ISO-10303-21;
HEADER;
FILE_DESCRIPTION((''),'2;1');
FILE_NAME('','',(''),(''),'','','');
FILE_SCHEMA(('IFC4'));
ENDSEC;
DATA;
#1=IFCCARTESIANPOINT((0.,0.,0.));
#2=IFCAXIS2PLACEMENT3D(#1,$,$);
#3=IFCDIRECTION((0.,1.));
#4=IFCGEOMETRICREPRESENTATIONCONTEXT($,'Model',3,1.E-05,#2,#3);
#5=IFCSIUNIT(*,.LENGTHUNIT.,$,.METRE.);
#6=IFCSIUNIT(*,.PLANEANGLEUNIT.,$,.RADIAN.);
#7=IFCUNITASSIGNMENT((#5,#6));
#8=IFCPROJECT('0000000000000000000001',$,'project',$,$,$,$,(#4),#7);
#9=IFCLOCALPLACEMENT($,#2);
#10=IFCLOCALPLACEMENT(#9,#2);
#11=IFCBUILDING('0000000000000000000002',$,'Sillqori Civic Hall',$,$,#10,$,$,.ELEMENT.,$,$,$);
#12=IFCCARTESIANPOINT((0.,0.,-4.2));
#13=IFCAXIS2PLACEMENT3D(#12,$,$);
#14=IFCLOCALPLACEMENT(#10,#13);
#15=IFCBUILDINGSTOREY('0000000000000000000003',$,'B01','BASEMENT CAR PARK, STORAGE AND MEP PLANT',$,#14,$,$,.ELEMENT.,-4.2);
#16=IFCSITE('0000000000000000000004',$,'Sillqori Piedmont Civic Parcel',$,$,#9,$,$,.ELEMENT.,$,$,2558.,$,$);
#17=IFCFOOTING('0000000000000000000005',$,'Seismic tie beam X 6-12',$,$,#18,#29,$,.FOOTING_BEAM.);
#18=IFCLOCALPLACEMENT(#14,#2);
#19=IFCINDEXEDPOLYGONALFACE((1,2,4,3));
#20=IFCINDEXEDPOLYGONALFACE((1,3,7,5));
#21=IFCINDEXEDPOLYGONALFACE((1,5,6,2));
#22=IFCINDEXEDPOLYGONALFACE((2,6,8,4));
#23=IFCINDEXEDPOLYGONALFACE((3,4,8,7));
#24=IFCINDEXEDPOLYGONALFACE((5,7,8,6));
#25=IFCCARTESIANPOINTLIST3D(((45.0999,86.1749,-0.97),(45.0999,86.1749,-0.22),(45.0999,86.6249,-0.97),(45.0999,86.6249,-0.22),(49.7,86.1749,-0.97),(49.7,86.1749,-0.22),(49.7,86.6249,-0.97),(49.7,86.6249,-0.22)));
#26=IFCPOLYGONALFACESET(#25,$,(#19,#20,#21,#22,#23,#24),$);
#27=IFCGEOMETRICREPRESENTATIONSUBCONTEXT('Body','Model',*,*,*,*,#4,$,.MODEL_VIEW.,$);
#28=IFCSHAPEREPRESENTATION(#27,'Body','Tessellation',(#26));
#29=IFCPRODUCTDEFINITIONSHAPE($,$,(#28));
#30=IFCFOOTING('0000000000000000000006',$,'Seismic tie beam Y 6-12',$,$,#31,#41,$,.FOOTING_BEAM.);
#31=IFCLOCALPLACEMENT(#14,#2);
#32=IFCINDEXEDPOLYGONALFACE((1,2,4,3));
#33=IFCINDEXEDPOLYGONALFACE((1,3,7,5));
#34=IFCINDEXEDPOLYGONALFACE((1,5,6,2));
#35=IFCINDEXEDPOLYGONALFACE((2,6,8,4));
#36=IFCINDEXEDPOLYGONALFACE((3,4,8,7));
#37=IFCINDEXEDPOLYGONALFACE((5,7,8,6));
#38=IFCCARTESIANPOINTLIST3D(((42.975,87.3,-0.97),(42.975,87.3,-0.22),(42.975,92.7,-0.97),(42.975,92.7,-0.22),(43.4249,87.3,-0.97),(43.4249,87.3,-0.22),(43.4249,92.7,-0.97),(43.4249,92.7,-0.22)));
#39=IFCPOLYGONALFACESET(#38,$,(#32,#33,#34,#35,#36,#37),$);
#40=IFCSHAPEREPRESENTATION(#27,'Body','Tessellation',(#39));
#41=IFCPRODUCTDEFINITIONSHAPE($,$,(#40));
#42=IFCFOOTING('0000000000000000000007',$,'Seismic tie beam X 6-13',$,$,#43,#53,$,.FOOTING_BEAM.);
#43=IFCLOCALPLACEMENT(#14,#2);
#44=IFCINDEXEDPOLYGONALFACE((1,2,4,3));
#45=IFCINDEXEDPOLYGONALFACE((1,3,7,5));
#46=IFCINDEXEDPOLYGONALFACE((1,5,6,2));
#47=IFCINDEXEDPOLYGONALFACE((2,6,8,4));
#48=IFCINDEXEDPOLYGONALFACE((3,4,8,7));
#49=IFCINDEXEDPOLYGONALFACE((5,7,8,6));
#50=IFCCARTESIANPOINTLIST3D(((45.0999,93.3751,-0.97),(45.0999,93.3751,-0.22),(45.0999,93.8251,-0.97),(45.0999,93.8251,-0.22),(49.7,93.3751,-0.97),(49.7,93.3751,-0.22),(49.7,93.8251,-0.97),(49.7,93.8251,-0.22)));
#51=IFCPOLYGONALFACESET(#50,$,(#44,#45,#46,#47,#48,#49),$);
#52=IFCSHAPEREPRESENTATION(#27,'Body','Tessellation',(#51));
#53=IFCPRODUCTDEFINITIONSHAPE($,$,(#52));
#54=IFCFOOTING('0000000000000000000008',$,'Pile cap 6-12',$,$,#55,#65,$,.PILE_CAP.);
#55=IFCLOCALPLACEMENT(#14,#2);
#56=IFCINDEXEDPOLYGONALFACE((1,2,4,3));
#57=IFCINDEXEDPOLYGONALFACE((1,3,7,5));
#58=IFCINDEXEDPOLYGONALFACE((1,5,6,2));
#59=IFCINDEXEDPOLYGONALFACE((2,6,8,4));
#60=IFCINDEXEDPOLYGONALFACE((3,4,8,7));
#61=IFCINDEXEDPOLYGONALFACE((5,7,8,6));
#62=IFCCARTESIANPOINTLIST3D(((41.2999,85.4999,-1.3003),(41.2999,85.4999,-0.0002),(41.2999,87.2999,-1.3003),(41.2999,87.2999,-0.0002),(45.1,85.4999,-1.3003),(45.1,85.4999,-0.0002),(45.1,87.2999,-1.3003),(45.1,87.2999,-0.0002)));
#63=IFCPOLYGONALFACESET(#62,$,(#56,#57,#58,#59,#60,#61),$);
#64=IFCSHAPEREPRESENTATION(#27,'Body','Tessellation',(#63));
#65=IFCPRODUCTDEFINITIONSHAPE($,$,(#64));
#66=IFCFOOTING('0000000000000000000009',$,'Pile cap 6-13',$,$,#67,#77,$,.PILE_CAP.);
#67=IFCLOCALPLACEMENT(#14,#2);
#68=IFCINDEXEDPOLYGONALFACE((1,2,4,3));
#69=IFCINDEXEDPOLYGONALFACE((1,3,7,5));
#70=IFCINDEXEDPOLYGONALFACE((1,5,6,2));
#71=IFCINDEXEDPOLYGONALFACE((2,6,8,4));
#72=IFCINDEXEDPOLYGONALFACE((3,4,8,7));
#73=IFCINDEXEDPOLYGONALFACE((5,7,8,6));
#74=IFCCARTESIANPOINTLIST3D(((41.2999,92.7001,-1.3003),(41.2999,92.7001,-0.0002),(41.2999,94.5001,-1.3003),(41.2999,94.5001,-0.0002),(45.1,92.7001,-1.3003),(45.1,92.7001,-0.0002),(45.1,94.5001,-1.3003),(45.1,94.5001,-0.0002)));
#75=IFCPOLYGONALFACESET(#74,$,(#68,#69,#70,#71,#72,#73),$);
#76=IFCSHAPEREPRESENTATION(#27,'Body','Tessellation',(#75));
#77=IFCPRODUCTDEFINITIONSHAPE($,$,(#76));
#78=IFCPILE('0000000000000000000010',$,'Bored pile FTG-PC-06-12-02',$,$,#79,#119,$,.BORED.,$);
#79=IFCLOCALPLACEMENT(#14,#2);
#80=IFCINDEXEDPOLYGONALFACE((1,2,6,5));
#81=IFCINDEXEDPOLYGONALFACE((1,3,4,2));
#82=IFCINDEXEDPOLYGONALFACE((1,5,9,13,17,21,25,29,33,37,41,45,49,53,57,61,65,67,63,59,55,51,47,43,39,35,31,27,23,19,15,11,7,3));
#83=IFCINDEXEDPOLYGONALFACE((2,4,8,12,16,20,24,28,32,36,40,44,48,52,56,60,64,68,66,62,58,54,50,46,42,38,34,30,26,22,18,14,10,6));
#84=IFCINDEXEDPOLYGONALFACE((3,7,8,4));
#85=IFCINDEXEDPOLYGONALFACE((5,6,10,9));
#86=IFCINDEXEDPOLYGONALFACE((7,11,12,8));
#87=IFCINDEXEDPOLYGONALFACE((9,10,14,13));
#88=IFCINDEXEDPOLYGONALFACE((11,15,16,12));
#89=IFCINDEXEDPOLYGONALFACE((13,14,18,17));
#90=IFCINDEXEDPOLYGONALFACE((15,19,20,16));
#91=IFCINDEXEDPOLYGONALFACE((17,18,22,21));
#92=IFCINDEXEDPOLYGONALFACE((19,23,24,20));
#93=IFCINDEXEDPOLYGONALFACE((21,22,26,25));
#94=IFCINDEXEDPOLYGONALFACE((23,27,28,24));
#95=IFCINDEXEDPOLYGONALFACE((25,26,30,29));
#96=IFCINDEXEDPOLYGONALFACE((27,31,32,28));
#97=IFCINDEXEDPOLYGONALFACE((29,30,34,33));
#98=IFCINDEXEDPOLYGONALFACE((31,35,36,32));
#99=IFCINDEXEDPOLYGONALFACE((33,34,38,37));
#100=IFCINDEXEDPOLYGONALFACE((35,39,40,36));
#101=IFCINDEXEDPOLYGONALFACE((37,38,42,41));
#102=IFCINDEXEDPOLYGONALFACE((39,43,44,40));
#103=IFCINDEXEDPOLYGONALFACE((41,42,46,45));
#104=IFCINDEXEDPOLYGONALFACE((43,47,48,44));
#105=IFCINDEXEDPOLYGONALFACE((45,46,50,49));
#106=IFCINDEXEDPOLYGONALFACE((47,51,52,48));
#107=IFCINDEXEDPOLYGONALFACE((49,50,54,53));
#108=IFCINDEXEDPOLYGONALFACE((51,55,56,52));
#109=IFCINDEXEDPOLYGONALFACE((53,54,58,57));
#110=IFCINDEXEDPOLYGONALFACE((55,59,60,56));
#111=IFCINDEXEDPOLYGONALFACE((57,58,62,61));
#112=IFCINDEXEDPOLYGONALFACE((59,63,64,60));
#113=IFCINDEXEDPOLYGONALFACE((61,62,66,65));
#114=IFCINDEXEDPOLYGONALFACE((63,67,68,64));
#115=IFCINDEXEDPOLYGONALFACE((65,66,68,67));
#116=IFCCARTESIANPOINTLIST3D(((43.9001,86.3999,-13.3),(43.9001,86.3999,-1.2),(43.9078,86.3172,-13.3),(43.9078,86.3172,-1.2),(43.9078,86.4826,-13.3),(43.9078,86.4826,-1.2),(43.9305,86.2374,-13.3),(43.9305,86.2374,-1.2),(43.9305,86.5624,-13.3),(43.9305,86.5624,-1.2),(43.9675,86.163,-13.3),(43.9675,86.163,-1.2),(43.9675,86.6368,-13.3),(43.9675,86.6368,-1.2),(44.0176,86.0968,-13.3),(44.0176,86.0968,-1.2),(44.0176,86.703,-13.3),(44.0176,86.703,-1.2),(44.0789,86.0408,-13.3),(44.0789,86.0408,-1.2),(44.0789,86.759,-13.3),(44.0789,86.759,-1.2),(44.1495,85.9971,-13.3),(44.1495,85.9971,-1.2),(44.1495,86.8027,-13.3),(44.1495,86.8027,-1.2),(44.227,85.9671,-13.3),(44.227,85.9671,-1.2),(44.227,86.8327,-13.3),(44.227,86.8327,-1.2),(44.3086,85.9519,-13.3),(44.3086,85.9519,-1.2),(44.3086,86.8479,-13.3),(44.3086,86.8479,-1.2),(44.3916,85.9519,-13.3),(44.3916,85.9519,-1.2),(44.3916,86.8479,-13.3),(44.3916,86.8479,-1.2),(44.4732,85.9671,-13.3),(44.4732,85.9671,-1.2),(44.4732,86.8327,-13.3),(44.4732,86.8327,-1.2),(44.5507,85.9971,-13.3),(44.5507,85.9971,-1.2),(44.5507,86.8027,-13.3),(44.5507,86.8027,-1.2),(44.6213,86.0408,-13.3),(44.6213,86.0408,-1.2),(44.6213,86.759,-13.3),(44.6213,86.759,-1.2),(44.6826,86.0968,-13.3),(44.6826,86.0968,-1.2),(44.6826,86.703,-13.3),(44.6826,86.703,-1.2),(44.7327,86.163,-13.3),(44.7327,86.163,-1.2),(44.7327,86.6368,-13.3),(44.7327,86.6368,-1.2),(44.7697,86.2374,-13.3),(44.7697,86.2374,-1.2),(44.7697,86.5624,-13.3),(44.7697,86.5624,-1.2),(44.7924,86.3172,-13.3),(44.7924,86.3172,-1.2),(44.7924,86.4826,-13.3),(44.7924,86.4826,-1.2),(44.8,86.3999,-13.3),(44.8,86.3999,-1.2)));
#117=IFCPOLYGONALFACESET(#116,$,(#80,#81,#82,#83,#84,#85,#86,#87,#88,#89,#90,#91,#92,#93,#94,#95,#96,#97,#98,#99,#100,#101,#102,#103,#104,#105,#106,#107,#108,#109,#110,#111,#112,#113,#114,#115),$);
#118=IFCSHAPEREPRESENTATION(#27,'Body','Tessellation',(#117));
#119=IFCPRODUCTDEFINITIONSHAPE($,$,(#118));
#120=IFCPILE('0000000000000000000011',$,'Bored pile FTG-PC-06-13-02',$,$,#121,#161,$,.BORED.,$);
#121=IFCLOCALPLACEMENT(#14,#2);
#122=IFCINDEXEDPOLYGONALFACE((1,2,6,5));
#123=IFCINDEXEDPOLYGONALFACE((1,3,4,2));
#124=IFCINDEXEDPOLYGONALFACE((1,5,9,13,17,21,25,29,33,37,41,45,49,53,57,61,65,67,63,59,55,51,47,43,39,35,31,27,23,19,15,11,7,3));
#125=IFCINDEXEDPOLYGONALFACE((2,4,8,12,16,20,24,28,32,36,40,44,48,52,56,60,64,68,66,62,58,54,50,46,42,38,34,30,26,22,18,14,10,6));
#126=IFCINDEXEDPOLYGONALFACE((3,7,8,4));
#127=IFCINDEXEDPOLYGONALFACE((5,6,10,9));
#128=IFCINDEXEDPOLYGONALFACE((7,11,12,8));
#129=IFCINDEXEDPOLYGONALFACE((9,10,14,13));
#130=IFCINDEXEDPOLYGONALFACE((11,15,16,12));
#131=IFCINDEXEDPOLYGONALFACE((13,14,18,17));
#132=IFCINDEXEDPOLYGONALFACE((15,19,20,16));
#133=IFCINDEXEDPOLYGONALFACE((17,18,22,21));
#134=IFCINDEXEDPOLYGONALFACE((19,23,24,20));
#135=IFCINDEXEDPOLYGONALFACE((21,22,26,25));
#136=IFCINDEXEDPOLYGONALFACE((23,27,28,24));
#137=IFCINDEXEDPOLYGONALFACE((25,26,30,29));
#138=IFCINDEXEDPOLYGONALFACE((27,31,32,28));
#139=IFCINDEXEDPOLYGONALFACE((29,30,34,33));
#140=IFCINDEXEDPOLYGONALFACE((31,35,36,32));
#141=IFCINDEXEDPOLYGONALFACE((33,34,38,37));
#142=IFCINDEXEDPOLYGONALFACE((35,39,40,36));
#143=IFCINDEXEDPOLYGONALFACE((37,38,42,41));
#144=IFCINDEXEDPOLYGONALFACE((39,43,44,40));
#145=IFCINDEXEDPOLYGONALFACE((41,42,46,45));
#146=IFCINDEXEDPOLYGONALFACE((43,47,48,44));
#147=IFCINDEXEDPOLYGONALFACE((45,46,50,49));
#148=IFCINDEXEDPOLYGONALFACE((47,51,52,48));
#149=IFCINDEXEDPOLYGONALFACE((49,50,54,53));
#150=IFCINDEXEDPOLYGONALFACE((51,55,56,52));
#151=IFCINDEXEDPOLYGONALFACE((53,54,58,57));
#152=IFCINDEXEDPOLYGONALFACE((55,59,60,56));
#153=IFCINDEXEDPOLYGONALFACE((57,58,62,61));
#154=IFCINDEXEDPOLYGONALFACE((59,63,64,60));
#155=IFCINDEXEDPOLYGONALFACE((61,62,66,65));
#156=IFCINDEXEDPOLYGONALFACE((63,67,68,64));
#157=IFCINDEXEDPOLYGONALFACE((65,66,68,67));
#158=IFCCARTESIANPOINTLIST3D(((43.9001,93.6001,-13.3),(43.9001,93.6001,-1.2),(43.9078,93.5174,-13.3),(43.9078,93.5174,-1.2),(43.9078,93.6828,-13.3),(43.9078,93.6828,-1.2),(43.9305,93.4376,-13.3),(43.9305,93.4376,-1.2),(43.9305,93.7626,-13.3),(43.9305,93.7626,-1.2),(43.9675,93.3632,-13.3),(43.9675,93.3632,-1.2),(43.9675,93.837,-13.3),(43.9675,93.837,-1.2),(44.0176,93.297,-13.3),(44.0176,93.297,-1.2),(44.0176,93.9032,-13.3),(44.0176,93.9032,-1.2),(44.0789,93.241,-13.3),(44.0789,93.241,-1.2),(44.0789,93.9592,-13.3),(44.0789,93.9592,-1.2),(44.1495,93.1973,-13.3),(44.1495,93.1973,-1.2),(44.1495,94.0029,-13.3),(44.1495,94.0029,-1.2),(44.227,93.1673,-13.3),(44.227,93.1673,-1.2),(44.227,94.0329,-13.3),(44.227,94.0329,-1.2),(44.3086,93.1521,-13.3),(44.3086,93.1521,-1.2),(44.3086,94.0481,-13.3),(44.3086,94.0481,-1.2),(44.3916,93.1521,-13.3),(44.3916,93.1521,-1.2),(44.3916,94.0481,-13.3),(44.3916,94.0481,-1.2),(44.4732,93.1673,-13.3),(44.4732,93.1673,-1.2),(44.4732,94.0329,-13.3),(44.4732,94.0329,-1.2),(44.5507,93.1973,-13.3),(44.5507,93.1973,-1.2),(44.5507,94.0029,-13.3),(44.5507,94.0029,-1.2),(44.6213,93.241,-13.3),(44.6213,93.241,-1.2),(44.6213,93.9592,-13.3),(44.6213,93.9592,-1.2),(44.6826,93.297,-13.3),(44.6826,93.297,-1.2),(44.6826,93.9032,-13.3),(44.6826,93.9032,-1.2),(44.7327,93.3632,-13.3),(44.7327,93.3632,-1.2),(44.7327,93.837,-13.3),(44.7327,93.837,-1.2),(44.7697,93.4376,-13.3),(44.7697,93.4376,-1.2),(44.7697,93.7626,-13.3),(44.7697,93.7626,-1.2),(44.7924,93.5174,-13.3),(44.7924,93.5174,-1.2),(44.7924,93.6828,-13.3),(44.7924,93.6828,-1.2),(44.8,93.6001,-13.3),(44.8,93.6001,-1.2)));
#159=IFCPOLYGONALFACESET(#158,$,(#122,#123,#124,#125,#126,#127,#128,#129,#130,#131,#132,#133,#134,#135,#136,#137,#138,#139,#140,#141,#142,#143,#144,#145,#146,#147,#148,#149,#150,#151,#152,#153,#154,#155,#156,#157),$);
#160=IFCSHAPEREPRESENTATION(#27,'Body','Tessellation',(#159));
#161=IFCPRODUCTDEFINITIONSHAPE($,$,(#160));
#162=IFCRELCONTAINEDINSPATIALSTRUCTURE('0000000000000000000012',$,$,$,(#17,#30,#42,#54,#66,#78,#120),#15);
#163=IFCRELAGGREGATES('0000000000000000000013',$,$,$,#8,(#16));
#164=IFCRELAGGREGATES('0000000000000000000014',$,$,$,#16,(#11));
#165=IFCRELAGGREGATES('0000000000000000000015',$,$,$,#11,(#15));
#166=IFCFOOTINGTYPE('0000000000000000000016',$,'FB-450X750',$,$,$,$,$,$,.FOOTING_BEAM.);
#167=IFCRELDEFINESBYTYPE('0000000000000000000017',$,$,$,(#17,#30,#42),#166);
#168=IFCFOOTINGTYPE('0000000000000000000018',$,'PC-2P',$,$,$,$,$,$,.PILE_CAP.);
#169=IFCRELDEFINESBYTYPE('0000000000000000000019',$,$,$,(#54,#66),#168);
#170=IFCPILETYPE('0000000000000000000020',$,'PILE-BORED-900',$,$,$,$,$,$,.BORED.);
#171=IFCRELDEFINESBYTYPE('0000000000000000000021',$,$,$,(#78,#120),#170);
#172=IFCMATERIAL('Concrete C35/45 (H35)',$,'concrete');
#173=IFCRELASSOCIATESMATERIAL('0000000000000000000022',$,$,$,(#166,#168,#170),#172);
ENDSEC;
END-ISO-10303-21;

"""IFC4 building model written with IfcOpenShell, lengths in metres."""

from ifc_helpers import new_model, si_unit, direction, frame, origin, origin_2d, place, context, subcontext, project, spatial, rectangle, circle, extrude, material, material_profile, profile_set, type_object, element, save


model = new_model("IFC4")

# Units and contexts
model_context = context("Model", 3, precision=1e-05, world=origin(), true_north=direction((0.0, 1.0)))
body_context = subcontext(model_context, "Body", "Model", "MODEL_VIEW")
ifc_project = project(units=[si_unit("LENGTHUNIT", "METRE"), si_unit("PLANEANGLEUNIT", "RADIAN")], contexts=[model_context])

# Site, building, storey
site_placement = place(None, origin())
site = spatial("IfcSite", under=ifc_project, at=site_placement, Name="Sillqori Piedmont Civic Parcel", CompositionType="ELEMENT", RefElevation=2558.0)
building_placement = place(site_placement, origin())
building = spatial("IfcBuilding", under=site, at=building_placement, Name="Sillqori Civic Hall", CompositionType="ELEMENT")
storey_placement = place(building_placement, frame((0.0, 0.0, -4.2)))
storey = spatial("IfcBuildingStorey", under=building, at=storey_placement, Name="B01", Description="BASEMENT CAR PARK, STORAGE AND MEP PLANT", CompositionType="ELEMENT", Elevation=-4.2)

# Footings
ifc_material_1 = material(Name="Concrete C35/45 (H35)", Category="concrete")
footing_type_1 = type_object("IfcFootingType", Name="FB-450X750", PredefinedType="FOOTING_BEAM", material=ifc_material_1)
footing_1_placement = place(storey_placement, frame((47.3999, 86.3999, -0.97), z_axis=(0.0, 0.0, 1.0), x_axis=(1.0, 0.0, 0.0)))
element("IfcFooting", 1, at=footing_1_placement, inside=storey, type_object=footing_type_1, Name="Seismic tie beam X 6-12", PredefinedType="FOOTING_BEAM", context=body_context, shape_type="SweptSolid", body=[
    extrude(rectangle(XDim=4.6001, YDim=0.45, at=origin_2d()), origin(), (0.0, 0.0, 1.0), 0.75),
])
footing_2_placement = place(storey_placement, frame((43.2, 90.0, -0.97), z_axis=(0.0, 0.0, 1.0), x_axis=(1.0, 0.0, 0.0)))
element("IfcFooting", 2, at=footing_2_placement, inside=storey, type_object=footing_type_1, Name="Seismic tie beam Y 6-12", PredefinedType="FOOTING_BEAM", context=body_context, shape_type="SweptSolid", body=[
    extrude(rectangle(XDim=0.45, YDim=5.3999, at=origin_2d()), origin(), (0.0, 0.0, 1.0), 0.75),
])
footing_3_placement = place(storey_placement, frame((47.3999, 93.6001, -0.97), z_axis=(0.0, 0.0, 1.0), x_axis=(1.0, 0.0, 0.0)))
element("IfcFooting", 3, at=footing_3_placement, inside=storey, type_object=footing_type_1, Name="Seismic tie beam X 6-13", PredefinedType="FOOTING_BEAM", context=body_context, shape_type="SweptSolid", body=[
    extrude(rectangle(XDim=4.6001, YDim=0.45, at=origin_2d()), origin(), (0.0, 0.0, 1.0), 0.75),
])
footing_type_2 = type_object("IfcFootingType", Name="PC-2P", PredefinedType="PILE_CAP", material=ifc_material_1)
for number, where, z_axis, x_axis, name in (
    (4, (43.2, 86.3999, -1.3003), (0.0, 0.0, 1.0), (1.0, 0.0, 0.0), "Pile cap 6-12"),
    (5, (43.2, 93.6001, -1.3003), (0.0, 0.0, 1.0), (1.0, 0.0, 0.0), "Pile cap 6-13"),
):
    element("IfcFooting", number, at=place(storey_placement, frame(where, z_axis=z_axis, x_axis=x_axis)), inside=storey, type_object=footing_type_2, Name=name, PredefinedType="PILE_CAP", context=body_context, shape_type="SweptSolid", body=[
        extrude(rectangle(XDim=3.8, YDim=1.8, at=origin_2d()), origin(), (0.0, 0.0, 1.0), 1.3),
    ])

# Piles
ifc_material_profile_1 = material_profile(ifc_material_1, circle(Radius=0.45, at=origin_2d()), Name="BORED PILE 900")
ifc_profile_set_1 = profile_set([ifc_material_profile_1], Name="Concrete C35/45 (H35)")
pile_type = type_object("IfcPileType", Name="PILE-BORED-900", PredefinedType="BORED", material=ifc_profile_set_1)
for number, where, z_axis, x_axis, name in (
    (6, (44.3501, 86.3999, -1.2), (0.0, 0.0, -1.0), (1.0, 0.0, 0.0), "Bored pile FTG-PC-06-12-02"),
    (7, (44.3501, 93.6001, -1.2), (0.0, 0.0, -1.0), (1.0, 0.0, 0.0), "Bored pile FTG-PC-06-13-02"),
):
    element("IfcPile", number, at=place(storey_placement, frame(where, z_axis=z_axis, x_axis=x_axis)), inside=storey, type_object=pile_type, Name=name, PredefinedType="BORED", context=body_context, shape_type="SweptSolid", body=[
        extrude(circle(Radius=0.45, at=origin_2d()), origin(), (0.0, 0.0, 1.0), 12.1001),
    ])

save(model, "model.ifc")
